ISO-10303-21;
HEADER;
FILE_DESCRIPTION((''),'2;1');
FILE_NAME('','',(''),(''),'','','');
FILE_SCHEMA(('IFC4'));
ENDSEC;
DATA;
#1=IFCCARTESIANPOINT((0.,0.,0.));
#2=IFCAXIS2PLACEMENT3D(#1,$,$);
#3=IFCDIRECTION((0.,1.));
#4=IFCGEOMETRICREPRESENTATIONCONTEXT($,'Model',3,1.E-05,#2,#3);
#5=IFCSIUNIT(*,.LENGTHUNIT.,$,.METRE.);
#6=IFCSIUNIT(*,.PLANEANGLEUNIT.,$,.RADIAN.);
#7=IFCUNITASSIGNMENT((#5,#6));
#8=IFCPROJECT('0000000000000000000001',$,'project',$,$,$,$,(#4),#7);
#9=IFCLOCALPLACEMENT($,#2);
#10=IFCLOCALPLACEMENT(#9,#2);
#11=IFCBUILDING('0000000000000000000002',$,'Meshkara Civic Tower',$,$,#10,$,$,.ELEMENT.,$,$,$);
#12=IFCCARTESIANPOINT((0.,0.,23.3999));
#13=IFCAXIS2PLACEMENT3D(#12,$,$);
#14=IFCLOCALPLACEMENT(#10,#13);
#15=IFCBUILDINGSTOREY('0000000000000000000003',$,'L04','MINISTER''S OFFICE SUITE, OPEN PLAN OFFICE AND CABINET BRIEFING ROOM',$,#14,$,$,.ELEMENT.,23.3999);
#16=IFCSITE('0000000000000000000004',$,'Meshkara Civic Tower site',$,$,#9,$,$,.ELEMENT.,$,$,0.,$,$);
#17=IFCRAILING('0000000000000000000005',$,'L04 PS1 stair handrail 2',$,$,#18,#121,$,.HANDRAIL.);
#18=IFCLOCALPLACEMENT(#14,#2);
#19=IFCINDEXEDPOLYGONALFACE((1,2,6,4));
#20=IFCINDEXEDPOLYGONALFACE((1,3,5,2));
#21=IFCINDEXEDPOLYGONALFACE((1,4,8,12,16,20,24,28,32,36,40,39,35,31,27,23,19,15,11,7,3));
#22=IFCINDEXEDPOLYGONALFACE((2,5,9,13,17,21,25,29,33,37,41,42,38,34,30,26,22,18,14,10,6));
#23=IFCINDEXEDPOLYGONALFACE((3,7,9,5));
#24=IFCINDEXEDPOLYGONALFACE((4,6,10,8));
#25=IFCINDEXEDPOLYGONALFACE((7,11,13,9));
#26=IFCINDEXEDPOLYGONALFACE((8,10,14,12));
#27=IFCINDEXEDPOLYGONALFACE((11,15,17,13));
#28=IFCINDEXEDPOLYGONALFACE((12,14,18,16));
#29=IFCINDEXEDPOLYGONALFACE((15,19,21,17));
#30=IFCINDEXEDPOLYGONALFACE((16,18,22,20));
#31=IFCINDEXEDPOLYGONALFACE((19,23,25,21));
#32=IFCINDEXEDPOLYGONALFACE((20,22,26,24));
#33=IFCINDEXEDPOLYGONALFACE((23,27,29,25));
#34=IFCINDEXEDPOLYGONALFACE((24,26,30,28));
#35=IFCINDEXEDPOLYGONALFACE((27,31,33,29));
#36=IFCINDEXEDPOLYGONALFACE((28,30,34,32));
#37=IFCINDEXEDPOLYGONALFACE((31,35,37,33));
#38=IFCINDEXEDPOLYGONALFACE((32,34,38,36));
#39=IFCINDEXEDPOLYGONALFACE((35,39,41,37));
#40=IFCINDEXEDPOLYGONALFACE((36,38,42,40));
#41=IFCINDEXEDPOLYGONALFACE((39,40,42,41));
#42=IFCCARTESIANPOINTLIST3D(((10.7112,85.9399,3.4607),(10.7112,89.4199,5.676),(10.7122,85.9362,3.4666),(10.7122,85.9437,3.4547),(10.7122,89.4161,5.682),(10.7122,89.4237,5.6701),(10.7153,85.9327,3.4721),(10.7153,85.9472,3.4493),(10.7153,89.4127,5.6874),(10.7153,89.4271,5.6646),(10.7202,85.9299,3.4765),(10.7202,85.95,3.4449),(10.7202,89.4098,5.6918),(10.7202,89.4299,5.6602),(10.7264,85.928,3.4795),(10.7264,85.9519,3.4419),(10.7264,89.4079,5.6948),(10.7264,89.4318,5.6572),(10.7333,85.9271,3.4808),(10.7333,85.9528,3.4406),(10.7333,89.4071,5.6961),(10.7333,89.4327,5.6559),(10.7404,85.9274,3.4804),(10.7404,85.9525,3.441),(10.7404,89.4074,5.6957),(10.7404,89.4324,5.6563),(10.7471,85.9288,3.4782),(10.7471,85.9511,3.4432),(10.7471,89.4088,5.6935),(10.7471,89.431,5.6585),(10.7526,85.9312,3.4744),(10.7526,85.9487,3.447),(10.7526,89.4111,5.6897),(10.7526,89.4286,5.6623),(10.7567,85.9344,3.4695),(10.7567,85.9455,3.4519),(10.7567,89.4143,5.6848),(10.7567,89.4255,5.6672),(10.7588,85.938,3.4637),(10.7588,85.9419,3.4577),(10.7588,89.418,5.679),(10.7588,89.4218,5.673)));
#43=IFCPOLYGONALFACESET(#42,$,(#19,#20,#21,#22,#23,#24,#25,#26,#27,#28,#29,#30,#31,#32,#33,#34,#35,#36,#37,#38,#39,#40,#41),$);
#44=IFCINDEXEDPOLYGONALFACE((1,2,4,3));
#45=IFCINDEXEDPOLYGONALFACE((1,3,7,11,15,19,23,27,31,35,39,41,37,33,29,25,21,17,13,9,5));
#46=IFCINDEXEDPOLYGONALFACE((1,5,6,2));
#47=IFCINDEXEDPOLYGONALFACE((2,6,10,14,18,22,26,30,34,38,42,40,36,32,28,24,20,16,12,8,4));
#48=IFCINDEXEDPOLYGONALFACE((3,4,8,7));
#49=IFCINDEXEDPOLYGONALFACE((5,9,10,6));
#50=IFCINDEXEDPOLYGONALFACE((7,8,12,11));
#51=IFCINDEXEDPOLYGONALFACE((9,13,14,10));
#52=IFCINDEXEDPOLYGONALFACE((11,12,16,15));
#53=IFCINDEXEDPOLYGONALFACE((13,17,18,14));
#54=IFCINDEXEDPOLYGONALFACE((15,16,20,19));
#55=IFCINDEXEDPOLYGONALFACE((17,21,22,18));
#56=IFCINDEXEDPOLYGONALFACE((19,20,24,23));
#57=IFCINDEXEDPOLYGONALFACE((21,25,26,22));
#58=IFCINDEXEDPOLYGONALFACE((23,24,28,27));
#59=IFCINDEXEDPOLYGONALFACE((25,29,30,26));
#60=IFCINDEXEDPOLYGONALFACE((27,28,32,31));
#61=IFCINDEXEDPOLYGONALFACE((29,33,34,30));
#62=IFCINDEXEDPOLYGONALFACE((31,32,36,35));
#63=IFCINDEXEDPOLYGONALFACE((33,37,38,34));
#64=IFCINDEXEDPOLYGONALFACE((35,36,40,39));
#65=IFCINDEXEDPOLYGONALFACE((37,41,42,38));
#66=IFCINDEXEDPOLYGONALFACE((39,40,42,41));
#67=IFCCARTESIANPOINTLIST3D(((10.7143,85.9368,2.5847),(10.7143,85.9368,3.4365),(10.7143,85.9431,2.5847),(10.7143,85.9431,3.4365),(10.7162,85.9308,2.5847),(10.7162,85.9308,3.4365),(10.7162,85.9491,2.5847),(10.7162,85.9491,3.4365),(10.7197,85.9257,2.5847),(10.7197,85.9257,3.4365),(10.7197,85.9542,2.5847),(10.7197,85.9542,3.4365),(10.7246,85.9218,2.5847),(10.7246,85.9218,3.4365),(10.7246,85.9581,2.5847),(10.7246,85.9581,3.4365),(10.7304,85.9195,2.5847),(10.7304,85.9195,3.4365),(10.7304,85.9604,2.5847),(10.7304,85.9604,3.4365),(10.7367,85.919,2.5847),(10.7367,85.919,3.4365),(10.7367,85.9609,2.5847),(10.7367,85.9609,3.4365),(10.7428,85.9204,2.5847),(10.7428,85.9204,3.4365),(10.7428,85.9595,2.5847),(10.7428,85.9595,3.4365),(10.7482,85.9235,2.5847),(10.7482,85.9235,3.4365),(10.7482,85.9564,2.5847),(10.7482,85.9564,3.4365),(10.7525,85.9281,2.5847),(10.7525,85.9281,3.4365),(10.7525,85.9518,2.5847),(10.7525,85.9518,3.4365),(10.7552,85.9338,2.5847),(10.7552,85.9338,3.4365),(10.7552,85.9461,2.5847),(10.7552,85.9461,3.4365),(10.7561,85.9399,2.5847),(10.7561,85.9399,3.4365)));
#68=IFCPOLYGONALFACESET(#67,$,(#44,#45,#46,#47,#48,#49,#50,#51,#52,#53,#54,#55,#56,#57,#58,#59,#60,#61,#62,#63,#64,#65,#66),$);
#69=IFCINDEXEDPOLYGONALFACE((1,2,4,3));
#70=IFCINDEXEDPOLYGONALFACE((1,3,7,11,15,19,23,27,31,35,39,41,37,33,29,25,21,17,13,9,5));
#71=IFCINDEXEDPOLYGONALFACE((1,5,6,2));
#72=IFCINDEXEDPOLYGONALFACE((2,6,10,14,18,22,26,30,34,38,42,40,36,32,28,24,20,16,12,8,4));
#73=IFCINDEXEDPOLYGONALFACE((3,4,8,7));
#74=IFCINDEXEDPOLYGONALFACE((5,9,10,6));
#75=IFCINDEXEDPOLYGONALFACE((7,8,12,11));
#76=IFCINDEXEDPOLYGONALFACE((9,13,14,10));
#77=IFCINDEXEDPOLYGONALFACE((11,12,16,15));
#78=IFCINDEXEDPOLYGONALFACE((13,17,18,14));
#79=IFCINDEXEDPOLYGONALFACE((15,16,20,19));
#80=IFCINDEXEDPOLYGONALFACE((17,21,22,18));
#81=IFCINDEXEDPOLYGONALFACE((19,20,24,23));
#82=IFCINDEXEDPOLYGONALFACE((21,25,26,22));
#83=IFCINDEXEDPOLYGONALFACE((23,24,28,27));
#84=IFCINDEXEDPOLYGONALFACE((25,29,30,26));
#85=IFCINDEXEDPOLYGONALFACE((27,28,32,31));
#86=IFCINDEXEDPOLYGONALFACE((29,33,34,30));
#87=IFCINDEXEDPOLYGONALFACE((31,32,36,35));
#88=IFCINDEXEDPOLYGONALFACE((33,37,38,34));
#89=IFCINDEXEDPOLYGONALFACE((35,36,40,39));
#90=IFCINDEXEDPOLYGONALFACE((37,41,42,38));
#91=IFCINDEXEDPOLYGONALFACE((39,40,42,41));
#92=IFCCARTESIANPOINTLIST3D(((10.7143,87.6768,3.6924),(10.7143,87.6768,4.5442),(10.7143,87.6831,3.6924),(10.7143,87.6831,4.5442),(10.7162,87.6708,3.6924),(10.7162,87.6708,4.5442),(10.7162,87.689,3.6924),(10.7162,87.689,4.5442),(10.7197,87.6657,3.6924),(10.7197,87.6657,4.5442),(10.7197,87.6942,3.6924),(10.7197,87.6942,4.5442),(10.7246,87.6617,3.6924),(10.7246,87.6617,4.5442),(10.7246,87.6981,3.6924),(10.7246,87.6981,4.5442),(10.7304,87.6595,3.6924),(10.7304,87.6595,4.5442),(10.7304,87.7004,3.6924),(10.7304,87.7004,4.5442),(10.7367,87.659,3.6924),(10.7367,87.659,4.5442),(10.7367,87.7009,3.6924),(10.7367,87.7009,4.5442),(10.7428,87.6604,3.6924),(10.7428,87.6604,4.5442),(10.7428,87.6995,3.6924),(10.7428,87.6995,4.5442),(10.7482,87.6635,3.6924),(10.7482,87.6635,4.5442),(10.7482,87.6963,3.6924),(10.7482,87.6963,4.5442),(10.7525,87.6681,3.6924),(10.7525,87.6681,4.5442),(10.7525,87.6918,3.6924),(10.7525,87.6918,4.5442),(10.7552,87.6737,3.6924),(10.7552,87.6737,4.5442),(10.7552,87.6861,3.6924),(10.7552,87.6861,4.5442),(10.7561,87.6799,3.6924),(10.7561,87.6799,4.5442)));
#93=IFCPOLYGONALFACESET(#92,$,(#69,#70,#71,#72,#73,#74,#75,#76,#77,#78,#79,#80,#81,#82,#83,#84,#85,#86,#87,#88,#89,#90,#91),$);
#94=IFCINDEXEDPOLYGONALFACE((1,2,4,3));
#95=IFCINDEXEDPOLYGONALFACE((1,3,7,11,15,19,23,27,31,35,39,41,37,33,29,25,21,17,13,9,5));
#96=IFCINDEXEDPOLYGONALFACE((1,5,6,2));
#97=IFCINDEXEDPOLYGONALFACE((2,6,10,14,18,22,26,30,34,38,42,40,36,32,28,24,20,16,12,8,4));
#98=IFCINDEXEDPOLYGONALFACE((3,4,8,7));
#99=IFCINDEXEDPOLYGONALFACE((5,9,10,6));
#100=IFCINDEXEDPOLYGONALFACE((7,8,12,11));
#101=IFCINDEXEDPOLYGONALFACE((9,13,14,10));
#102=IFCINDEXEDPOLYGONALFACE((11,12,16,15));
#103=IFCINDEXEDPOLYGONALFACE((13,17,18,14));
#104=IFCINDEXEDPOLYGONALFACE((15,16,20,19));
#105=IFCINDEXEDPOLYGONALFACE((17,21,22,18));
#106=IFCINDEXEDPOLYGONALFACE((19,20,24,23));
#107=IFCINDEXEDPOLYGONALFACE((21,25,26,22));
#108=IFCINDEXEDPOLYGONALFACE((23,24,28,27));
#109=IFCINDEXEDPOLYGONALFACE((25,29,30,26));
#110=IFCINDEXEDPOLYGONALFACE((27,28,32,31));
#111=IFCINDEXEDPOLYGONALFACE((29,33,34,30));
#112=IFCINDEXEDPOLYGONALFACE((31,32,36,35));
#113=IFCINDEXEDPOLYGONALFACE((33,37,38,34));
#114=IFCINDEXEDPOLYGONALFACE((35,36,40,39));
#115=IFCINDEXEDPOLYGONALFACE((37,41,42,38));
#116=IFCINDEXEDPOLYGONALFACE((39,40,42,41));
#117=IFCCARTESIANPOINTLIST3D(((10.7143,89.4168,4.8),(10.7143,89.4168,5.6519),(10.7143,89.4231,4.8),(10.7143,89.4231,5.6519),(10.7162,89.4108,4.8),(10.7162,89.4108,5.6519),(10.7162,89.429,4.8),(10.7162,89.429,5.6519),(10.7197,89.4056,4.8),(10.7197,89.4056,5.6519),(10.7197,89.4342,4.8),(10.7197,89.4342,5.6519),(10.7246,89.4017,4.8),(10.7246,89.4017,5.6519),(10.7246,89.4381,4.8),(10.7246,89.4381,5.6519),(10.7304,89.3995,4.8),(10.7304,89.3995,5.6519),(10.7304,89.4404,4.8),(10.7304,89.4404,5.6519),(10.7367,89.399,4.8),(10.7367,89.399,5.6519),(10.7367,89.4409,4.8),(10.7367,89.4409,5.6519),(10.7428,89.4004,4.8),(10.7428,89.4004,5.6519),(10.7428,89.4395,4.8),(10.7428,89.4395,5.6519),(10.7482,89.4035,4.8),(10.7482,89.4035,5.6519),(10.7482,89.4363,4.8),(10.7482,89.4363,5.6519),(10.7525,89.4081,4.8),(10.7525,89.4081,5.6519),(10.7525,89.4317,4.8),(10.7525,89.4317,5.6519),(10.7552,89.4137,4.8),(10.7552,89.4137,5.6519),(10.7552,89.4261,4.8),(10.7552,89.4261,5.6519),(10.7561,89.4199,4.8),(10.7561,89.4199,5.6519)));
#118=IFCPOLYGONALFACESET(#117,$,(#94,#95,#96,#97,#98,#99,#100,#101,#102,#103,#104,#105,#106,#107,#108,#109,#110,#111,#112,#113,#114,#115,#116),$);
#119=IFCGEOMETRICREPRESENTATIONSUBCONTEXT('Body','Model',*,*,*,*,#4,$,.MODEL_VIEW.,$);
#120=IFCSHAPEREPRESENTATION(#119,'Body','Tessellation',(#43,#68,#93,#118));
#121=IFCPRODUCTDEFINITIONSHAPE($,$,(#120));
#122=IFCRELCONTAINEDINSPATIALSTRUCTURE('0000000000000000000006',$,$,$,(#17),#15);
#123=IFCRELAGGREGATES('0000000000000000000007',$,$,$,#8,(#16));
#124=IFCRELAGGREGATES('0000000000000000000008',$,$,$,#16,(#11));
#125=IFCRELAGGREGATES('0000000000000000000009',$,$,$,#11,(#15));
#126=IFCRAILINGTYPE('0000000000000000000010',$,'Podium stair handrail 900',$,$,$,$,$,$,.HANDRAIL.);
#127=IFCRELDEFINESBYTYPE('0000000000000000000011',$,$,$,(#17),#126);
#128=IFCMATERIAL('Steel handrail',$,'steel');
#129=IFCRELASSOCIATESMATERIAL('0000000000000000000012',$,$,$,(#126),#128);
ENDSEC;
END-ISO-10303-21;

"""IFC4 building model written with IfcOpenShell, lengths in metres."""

from ifc_helpers import new_model, si_unit, direction, frame, origin, origin_2d, place, context, subcontext, project, spatial, circle, extrude, material, type_object, element, save


model = new_model("IFC4")

# Units and contexts
model_context = context("Model", 3, precision=1e-05, world=origin(), true_north=direction((0.0, 1.0)))
body_context = subcontext(model_context, "Body", "Model", "MODEL_VIEW")
ifc_project = project(units=[si_unit("LENGTHUNIT", "METRE"), si_unit("PLANEANGLEUNIT", "RADIAN")], contexts=[model_context])

# Site, building, storey
site_placement = place(None, origin())
site = spatial("IfcSite", under=ifc_project, at=site_placement, Name="Meshkara Civic Tower site", CompositionType="ELEMENT", RefElevation=0.0)
building_placement = place(site_placement, origin())
building = spatial("IfcBuilding", under=site, at=building_placement, Name="Meshkara Civic Tower", CompositionType="ELEMENT")
storey_placement = place(building_placement, frame((0.0, 0.0, 23.3999)))
storey = spatial("IfcBuildingStorey", under=building, at=storey_placement, Name="L04", Description="MINISTER'S OFFICE SUITE, OPEN PLAN OFFICE AND CABINET BRIEFING ROOM", CompositionType="ELEMENT", Elevation=23.3999)

# Railing
ifc_material_1 = material(Name="Steel handrail", Category="steel")
railing_type_1 = type_object("IfcRailingType", Name="Podium stair handrail 900", PredefinedType="HANDRAIL", material=ifc_material_1)
railing_1_placement = place(storey_placement, frame((10.7351, 85.9399, 2.5847)))
element("IfcRailing", 1, at=railing_1_placement, inside=storey, type_object=railing_type_1, Name="L04 PS1 stair handrail 2", PredefinedType="HANDRAIL", context=body_context, shape_type="SweptSolid", body=[
    extrude(circle(Radius=0.0239, at=origin_2d()), frame((0.0, 0.0, 0.876), z_axis=(0.0, 0.843574, 0.537013), x_axis=(-1.0, 0.0, 0.0)), (0.0, 0.0, 1.0), 4.1252),
    extrude(circle(Radius=0.021, at=origin_2d()), origin(), (0.0, 0.0, 1.0), 0.8518),
    extrude(circle(Radius=0.021, at=origin_2d()), frame((0.0, 1.74, 1.1077)), (0.0, 0.0, 1.0), 0.8518),
    extrude(circle(Radius=0.021, at=origin_2d()), frame((0.0, 3.48, 2.2153)), (0.0, 0.0, 1.0), 0.8518),
])

save(model, "model.ifc")
